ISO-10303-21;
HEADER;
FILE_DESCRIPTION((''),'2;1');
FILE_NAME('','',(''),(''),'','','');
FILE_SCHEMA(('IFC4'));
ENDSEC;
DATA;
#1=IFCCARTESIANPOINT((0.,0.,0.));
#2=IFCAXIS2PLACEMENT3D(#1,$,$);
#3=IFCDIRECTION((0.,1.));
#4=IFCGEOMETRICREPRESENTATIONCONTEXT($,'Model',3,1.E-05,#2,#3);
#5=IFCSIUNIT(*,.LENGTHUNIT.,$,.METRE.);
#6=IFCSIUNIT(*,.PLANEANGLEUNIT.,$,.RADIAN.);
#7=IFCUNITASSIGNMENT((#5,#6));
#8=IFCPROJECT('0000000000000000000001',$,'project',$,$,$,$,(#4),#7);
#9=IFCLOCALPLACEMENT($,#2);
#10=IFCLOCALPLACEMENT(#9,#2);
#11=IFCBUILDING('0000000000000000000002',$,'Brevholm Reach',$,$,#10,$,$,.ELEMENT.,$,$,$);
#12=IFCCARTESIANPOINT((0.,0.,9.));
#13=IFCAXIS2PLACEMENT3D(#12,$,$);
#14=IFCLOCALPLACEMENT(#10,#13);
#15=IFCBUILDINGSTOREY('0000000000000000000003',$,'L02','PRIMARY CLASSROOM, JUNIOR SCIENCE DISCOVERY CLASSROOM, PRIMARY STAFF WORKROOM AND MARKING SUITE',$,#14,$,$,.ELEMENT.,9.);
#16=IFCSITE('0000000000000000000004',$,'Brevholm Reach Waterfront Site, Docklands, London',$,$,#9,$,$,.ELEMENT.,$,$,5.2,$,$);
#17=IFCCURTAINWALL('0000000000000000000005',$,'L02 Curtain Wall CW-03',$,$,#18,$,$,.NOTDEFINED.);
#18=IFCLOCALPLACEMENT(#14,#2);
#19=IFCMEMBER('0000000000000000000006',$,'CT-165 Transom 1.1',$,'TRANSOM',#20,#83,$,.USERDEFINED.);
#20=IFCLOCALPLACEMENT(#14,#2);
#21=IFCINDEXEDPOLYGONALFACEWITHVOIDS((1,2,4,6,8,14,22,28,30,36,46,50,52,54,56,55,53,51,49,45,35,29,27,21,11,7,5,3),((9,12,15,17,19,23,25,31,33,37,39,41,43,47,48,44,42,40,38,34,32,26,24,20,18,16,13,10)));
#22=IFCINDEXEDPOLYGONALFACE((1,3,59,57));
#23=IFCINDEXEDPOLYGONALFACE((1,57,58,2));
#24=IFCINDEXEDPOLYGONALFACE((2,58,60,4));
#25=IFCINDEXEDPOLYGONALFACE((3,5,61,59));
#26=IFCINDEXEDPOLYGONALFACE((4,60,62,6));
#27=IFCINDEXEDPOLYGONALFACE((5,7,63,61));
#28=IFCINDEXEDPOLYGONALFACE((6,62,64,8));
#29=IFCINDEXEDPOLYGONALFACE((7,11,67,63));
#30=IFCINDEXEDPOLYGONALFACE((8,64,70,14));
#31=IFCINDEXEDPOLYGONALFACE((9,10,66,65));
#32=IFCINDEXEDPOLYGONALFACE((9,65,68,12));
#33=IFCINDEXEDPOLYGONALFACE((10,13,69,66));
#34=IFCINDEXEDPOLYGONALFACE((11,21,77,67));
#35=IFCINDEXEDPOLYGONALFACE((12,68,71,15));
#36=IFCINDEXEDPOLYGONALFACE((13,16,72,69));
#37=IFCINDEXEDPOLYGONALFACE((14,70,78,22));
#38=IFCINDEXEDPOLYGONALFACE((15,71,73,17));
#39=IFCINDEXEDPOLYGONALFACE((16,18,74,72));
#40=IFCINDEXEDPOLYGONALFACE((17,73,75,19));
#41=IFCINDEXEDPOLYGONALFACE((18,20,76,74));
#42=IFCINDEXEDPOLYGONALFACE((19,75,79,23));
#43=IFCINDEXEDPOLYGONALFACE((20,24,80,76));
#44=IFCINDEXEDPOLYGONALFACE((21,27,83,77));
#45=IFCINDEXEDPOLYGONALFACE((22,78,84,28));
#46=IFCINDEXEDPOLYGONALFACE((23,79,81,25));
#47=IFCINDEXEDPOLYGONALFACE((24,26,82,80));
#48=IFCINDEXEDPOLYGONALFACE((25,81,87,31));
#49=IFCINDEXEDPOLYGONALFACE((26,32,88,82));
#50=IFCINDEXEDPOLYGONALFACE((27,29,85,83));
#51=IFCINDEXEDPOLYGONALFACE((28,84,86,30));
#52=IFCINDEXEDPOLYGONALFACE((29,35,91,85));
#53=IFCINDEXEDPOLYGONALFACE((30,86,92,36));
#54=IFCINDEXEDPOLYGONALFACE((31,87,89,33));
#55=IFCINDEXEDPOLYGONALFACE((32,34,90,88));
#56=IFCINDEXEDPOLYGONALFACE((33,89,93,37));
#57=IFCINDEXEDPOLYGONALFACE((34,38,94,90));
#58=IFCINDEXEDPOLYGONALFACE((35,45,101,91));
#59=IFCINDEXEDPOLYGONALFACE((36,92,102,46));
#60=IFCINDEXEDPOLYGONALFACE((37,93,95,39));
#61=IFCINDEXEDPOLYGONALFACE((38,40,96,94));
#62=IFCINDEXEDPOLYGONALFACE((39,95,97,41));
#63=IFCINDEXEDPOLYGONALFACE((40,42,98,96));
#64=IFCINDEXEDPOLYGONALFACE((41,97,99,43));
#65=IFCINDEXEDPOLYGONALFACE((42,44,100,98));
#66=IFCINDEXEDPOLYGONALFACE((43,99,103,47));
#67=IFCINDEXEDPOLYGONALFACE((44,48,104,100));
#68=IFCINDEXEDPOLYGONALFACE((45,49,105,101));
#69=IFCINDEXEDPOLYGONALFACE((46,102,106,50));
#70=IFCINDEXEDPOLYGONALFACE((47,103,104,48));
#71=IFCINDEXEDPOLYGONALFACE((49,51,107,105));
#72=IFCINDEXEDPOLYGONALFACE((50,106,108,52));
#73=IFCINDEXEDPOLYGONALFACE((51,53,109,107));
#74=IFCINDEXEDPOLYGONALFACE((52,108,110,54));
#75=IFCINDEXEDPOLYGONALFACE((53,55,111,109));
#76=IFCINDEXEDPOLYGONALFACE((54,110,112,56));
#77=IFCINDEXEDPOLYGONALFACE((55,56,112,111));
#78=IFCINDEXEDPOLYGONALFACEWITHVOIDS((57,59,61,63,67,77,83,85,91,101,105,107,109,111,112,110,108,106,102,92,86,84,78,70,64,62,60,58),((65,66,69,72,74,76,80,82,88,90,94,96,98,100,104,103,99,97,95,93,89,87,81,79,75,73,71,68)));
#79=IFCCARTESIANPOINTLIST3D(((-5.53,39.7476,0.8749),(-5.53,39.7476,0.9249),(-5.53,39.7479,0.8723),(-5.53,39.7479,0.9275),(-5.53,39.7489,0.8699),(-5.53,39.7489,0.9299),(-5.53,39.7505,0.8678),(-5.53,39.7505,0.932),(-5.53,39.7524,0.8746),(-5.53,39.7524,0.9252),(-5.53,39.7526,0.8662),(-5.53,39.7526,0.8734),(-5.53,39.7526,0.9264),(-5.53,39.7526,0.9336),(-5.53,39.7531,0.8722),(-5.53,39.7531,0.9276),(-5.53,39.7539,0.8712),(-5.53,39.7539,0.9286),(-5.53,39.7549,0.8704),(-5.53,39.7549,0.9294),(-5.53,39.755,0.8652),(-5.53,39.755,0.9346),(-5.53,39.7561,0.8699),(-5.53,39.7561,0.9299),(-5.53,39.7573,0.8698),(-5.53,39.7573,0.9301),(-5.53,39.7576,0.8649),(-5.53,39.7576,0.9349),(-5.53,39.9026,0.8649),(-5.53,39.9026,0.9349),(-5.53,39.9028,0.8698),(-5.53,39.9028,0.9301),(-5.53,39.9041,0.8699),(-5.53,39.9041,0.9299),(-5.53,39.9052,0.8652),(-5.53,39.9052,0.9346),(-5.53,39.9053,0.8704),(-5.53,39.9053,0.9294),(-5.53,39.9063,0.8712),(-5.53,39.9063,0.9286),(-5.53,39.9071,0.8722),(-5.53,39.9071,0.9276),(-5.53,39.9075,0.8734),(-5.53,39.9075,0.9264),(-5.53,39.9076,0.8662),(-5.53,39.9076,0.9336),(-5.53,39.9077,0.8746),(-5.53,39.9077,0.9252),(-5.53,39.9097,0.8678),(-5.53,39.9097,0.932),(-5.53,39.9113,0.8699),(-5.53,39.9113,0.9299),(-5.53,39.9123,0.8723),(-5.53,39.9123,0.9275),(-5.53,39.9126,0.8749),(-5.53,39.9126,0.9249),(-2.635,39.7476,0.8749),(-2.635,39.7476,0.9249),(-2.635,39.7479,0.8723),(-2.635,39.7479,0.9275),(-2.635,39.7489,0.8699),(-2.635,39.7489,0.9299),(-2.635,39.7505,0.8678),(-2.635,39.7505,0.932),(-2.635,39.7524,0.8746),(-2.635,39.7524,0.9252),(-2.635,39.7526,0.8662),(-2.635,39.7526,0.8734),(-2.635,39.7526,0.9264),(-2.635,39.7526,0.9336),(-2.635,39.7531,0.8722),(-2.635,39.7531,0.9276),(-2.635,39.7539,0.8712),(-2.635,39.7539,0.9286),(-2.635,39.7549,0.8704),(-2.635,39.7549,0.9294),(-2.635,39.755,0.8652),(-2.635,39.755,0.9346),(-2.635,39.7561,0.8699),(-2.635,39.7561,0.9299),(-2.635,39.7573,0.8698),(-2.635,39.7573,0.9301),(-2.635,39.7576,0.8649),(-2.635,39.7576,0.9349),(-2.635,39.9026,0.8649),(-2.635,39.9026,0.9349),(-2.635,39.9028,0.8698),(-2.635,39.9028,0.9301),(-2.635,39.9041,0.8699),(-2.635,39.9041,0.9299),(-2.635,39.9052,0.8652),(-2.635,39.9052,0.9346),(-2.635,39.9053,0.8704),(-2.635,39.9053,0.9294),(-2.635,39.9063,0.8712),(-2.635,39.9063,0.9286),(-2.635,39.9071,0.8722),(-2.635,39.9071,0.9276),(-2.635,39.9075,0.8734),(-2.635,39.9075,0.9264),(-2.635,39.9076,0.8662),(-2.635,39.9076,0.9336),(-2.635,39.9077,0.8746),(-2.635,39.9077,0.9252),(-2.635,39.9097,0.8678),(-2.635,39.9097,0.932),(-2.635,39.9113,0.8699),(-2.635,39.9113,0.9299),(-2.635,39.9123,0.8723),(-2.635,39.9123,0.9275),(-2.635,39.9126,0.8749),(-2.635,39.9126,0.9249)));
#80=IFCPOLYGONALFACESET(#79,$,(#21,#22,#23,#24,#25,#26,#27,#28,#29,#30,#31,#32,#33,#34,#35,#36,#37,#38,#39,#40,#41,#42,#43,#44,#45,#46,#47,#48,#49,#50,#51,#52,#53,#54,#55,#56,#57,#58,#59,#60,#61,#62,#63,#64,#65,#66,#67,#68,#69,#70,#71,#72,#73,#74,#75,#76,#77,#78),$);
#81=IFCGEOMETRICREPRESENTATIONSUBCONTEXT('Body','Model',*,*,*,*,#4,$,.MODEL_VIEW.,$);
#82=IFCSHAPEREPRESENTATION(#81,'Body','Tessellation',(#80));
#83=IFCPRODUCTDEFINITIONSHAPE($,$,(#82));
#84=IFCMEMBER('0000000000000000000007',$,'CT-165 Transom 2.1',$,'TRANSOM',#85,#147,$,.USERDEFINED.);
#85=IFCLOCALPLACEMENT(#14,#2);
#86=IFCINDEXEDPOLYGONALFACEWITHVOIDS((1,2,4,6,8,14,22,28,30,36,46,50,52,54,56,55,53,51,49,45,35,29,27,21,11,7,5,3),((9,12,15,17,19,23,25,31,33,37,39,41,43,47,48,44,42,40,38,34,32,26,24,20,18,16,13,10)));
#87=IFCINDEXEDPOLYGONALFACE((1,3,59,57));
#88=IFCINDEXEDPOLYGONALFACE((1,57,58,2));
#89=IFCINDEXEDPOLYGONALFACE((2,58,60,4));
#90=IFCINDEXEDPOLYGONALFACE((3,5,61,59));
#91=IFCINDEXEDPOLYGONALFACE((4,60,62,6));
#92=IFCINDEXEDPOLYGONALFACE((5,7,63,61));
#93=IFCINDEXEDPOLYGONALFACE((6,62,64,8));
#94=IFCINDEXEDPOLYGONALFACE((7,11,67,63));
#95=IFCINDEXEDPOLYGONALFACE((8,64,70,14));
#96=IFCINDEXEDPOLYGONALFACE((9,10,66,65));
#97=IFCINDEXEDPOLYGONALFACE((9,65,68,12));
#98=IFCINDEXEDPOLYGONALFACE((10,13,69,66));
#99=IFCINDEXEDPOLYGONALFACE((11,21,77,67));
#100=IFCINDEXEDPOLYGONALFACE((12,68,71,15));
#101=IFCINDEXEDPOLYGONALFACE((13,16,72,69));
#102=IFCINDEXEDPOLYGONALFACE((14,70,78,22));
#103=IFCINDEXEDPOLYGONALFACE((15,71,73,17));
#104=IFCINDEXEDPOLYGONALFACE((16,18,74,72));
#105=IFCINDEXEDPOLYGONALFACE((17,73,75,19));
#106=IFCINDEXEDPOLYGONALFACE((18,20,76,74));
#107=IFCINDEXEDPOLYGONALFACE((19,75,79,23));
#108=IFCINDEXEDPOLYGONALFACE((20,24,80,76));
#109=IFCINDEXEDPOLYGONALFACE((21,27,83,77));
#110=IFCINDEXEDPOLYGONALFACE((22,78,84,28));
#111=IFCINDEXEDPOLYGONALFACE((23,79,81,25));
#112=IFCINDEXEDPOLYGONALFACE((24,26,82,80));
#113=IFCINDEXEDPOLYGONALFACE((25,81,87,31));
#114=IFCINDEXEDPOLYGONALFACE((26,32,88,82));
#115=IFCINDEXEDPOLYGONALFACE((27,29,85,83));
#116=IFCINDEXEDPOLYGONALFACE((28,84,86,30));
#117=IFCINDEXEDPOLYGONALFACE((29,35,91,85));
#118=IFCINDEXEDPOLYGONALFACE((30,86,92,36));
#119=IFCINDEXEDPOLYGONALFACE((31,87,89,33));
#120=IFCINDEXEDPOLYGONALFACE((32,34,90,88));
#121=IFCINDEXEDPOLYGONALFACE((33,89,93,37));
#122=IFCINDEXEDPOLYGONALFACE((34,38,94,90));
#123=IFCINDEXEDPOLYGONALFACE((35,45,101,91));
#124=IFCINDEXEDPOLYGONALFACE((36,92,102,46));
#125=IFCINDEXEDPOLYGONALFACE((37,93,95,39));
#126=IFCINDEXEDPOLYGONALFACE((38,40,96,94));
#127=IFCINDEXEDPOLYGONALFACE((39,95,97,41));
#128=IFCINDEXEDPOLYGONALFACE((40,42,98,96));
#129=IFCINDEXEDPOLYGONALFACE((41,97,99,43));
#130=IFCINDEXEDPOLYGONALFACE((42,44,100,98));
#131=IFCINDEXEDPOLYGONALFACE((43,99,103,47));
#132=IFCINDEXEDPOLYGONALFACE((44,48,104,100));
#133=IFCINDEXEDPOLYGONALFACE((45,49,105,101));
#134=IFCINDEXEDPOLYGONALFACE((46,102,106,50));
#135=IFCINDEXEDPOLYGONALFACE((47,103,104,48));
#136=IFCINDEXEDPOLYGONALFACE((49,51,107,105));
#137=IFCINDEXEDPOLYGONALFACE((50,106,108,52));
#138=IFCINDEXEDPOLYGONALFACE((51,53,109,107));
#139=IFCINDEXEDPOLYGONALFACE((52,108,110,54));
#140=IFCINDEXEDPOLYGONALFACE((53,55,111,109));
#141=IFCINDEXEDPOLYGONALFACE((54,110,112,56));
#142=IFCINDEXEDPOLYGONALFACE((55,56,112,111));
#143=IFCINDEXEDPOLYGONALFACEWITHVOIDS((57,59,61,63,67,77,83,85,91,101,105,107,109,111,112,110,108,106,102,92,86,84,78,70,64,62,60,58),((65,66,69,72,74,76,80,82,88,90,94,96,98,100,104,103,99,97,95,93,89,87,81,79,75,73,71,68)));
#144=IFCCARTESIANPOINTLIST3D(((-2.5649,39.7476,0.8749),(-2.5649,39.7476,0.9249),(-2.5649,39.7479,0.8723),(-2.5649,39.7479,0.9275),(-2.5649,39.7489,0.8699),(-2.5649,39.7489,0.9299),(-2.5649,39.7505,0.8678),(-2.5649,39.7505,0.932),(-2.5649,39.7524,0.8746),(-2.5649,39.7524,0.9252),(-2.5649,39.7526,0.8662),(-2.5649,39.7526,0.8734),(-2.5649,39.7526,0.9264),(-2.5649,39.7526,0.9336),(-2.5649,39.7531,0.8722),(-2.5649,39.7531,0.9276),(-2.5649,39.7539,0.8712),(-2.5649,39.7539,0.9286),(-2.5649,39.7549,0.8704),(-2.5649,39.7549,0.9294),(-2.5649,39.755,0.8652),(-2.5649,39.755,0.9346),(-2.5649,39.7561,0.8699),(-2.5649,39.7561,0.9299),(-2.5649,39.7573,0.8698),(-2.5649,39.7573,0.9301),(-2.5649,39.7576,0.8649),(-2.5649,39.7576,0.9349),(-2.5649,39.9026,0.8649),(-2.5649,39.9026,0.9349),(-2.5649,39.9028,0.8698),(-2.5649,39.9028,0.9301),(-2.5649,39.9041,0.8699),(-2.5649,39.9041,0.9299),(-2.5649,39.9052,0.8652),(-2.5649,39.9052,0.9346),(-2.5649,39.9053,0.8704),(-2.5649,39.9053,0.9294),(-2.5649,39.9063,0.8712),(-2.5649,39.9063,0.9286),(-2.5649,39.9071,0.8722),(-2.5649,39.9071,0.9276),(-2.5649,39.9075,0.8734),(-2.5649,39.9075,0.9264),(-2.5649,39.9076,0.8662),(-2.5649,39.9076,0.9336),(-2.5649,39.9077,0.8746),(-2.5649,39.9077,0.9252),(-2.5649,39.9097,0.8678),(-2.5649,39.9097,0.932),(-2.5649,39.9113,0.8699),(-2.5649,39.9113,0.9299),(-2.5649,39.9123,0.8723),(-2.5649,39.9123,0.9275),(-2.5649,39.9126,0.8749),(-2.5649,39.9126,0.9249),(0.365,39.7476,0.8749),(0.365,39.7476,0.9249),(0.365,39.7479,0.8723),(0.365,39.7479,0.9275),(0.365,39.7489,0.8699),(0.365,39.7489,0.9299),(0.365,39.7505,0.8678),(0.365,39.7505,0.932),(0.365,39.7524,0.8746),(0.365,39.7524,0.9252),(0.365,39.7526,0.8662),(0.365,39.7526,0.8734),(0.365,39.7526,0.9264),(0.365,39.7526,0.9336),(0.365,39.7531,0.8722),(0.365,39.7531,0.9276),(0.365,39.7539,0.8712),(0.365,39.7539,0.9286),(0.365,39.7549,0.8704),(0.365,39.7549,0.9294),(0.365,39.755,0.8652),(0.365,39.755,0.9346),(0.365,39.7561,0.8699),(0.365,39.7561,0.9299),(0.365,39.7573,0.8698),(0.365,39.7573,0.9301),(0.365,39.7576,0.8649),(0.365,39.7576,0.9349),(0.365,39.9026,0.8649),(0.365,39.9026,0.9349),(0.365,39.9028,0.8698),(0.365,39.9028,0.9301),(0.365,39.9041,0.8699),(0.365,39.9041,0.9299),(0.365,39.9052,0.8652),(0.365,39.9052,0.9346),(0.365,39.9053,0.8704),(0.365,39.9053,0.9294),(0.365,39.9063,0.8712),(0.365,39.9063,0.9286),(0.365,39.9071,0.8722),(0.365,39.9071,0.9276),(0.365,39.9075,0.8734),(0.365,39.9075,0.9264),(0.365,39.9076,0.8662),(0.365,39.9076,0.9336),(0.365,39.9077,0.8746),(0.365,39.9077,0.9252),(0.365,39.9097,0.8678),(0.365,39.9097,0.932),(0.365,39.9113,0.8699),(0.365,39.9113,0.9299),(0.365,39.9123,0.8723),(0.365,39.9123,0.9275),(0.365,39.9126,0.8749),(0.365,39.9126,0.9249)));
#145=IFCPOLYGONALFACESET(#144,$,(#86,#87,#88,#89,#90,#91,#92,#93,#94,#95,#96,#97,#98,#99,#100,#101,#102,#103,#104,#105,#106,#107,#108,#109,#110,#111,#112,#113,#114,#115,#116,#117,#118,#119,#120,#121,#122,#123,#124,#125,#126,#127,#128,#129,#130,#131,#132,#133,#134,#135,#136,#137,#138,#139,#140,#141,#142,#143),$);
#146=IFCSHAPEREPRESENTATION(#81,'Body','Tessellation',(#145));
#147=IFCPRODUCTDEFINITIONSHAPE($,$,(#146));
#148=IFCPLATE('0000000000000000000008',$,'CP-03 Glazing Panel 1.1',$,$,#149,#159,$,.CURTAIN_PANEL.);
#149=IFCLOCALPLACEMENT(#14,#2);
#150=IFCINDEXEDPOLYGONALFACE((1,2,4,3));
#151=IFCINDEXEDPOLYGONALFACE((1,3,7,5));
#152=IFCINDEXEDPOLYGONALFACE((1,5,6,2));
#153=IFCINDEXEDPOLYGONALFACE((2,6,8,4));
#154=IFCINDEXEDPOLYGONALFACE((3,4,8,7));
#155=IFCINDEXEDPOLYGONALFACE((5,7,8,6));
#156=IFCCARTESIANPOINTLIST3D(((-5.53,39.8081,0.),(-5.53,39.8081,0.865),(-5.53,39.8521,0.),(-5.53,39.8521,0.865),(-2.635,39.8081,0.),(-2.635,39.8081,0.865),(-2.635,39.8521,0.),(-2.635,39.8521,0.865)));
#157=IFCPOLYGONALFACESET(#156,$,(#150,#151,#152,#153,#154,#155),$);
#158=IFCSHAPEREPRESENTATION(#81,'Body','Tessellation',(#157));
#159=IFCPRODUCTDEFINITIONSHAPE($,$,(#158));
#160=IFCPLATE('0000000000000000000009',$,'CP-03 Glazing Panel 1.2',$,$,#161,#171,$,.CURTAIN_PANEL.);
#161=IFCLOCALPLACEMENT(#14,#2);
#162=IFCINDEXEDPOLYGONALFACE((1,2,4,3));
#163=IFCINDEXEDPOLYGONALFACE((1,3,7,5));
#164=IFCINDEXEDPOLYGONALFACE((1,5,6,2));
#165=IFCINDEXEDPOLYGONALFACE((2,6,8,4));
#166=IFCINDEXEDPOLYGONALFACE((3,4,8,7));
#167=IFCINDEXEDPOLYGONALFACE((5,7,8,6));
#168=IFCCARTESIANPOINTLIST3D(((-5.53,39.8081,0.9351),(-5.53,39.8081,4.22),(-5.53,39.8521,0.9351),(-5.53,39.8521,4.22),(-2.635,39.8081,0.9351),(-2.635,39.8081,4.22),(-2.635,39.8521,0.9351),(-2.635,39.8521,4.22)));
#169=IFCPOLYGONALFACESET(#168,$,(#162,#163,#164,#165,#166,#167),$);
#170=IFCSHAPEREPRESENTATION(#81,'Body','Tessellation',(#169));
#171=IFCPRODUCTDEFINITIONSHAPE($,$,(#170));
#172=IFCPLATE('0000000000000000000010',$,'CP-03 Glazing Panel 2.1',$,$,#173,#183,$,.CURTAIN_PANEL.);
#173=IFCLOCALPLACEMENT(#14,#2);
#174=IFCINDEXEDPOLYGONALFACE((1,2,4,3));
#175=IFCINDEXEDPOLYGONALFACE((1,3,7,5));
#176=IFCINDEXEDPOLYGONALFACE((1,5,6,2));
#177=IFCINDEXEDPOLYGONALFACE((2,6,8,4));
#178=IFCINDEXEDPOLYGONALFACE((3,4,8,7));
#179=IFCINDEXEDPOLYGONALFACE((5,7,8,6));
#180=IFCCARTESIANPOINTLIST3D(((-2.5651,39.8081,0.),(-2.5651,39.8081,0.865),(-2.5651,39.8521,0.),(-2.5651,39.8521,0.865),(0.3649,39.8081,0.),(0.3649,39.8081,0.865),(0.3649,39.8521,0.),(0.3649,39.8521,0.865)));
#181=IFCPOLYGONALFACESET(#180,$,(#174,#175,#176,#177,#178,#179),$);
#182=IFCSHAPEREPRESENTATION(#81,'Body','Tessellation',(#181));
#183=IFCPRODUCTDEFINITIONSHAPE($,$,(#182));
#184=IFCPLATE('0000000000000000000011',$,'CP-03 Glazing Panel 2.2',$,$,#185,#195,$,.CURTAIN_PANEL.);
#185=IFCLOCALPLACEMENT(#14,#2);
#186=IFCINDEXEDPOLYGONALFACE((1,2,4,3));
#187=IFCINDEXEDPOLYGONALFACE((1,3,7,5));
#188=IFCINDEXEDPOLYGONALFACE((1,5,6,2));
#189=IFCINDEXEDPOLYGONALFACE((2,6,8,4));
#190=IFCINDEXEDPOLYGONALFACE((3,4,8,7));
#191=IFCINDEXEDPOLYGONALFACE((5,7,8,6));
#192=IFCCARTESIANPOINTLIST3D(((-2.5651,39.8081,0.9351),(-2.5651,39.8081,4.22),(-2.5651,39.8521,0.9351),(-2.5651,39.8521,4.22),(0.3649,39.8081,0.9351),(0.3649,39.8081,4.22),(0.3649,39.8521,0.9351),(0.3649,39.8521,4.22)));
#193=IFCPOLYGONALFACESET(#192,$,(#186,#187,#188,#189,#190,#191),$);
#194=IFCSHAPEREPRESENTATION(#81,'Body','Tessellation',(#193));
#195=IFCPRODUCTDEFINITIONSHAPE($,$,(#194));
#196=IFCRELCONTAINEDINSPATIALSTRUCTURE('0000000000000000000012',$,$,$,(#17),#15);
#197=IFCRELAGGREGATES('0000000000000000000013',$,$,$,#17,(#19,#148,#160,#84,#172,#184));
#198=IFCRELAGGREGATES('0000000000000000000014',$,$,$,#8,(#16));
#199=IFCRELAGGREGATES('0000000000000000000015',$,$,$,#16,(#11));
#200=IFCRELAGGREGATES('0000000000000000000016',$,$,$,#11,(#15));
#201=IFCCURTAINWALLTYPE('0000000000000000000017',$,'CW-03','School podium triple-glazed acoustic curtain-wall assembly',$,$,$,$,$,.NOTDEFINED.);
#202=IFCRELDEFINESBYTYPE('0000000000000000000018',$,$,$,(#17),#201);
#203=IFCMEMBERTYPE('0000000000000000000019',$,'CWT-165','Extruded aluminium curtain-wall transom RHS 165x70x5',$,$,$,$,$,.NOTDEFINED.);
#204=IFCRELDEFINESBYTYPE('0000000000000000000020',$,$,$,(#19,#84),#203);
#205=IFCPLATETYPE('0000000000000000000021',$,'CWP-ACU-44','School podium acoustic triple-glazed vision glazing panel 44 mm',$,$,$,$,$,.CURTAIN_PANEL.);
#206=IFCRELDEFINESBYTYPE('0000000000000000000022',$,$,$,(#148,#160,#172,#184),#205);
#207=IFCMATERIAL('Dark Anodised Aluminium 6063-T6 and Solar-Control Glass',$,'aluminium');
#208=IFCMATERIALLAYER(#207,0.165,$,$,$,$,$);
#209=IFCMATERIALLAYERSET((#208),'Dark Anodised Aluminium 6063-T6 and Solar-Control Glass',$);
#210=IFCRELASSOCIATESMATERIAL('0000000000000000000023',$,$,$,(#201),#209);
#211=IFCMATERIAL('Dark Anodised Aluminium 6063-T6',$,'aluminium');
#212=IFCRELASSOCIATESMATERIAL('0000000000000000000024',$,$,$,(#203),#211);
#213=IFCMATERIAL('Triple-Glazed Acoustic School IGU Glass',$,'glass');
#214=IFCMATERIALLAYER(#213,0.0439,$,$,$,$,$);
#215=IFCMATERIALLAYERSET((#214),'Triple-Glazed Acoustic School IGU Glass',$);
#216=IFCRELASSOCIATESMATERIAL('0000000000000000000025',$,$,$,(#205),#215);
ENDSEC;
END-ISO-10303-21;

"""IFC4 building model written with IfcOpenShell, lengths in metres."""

from ifc_helpers import new_model, si_unit, direction, frame, origin, origin_2d, place, context, subcontext, project, spatial, rectangle, hollow_rectangle, extrude, material, layer, layer_set, material_profile, profile_set, type_object, element, aggregate, save


model = new_model("IFC4")

# Units and contexts
model_context = context("Model", 3, precision=1e-05, world=origin(), true_north=direction((0.0, 1.0)))
body_context = subcontext(model_context, "Body", "Model", "MODEL_VIEW")
ifc_project = project(units=[si_unit("LENGTHUNIT", "METRE"), si_unit("PLANEANGLEUNIT", "RADIAN")], contexts=[model_context])

# Site, building, storey
site_placement = place(None, origin())
site = spatial("IfcSite", under=ifc_project, at=site_placement, Name="Brevholm Reach Waterfront Site, Docklands, London", CompositionType="ELEMENT", RefElevation=5.2)
building_placement = place(site_placement, origin())
building = spatial("IfcBuilding", under=site, at=building_placement, Name="Brevholm Reach", CompositionType="ELEMENT")
storey_placement = place(building_placement, frame((0.0, 0.0, 9.0)))
storey = spatial("IfcBuildingStorey", under=building, at=storey_placement, Name="L02", Description="PRIMARY CLASSROOM, JUNIOR SCIENCE DISCOVERY CLASSROOM, PRIMARY STAFF WORKROOM AND MARKING SUITE", CompositionType="ELEMENT", Elevation=9.0)

# Curtain wall, members, plates
ifc_material_1 = material(Name="Dark Anodised Aluminium 6063-T6 and Solar-Control Glass", Category="aluminium")
ifc_layer_1 = layer(ifc_material_1, 0.165)
ifc_layer_set_1 = layer_set([ifc_layer_1], Name="Dark Anodised Aluminium 6063-T6 and Solar-Control Glass")
curtain_wall_type = type_object("IfcCurtainWallType", Name="CW-03", Description="School podium triple-glazed acoustic curtain-wall assembly", PredefinedType="NOTDEFINED", material=ifc_layer_set_1)
curtain_wall_placement = place(storey_placement, origin())
curtain_wall = element("IfcCurtainWall", 1, at=curtain_wall_placement, inside=storey, type_object=curtain_wall_type, Name="L02 Curtain Wall CW-03", PredefinedType="NOTDEFINED")
ifc_material_2 = material(Name="Dark Anodised Aluminium 6063-T6", Category="aluminium")
ifc_material_profile_1 = material_profile(ifc_material_2, hollow_rectangle(XDim=0.0701, YDim=0.165, WallThickness=0.0049, InnerFilletRadius=0.0049, OuterFilletRadius=0.01, at=origin_2d()), Name="RHS 165x70x5")
ifc_profile_set_1 = profile_set([ifc_material_profile_1], Name="Dark Anodised Aluminium 6063-T6")
member_type_1 = type_object("IfcMemberType", Name="CWT-165", Description="Extruded aluminium curtain-wall transom RHS 165x70x5", PredefinedType="NOTDEFINED", material=ifc_profile_set_1)
member_1_placement = place(storey_placement, frame((-5.53, 39.8301, 0.8999), z_axis=(1.0, 0.0, 0.0), x_axis=(0.0, 0.0, 1.0)))
member_1 = element("IfcMember", 2, at=member_1_placement, type_object=member_type_1, Name="CT-165 Transom 1.1", ObjectType="TRANSOM", PredefinedType="USERDEFINED", context=body_context, shape_type="SweptSolid", body=[
    extrude(hollow_rectangle(XDim=0.0701, YDim=0.165, WallThickness=0.0049, InnerFilletRadius=0.0049, OuterFilletRadius=0.01, at=origin_2d()), origin(), (0.0, 0.0, 1.0), 2.895),
])
member_2_placement = place(storey_placement, frame((-2.5649, 39.8301, 0.8999), z_axis=(1.0, 0.0, 0.0), x_axis=(0.0, 0.0, 1.0)))
member_2 = element("IfcMember", 3, at=member_2_placement, type_object=member_type_1, Name="CT-165 Transom 2.1", ObjectType="TRANSOM", PredefinedType="USERDEFINED", context=body_context, shape_type="SweptSolid", body=[
    extrude(hollow_rectangle(XDim=0.0701, YDim=0.165, WallThickness=0.0049, InnerFilletRadius=0.0049, OuterFilletRadius=0.01, at=origin_2d()), origin(), (0.0, 0.0, 1.0), 2.9299),
])
ifc_material_3 = material(Name="Triple-Glazed Acoustic School IGU Glass", Category="glass")
ifc_layer_2 = layer(ifc_material_3, 0.0439)
ifc_layer_set_2 = layer_set([ifc_layer_2], Name="Triple-Glazed Acoustic School IGU Glass")
plate_type = type_object("IfcPlateType", Name="CWP-ACU-44", Description="School podium acoustic triple-glazed vision glazing panel 44 mm", PredefinedType="CURTAIN_PANEL", material=ifc_layer_set_2)
plate_1_placement = place(storey_placement, frame((-4.0825, 39.8301, 0.0), z_axis=(0.0, 0.0, 1.0), x_axis=(1.0, 0.0, 0.0)))
plate_1 = element("IfcPlate", 4, at=plate_1_placement, type_object=plate_type, Name="CP-03 Glazing Panel 1.1", PredefinedType="CURTAIN_PANEL", context=body_context, shape_type="SweptSolid", body=[
    extrude(rectangle(XDim=2.895, YDim=0.0439, at=origin_2d()), origin(), (0.0, 0.0, 1.0), 0.865),
])
plate_2_placement = place(storey_placement, frame((-4.0825, 39.8301, 0.9351), z_axis=(0.0, 0.0, 1.0), x_axis=(1.0, 0.0, 0.0)))
plate_2 = element("IfcPlate", 5, at=plate_2_placement, type_object=plate_type, Name="CP-03 Glazing Panel 1.2", PredefinedType="CURTAIN_PANEL", context=body_context, shape_type="SweptSolid", body=[
    extrude(rectangle(XDim=2.895, YDim=0.0439, at=origin_2d()), origin(), (0.0, 0.0, 1.0), 3.2849),
])
plate_3_placement = place(storey_placement, frame((-1.1001, 39.8301, 0.0), z_axis=(0.0, 0.0, 1.0), x_axis=(1.0, 0.0, 0.0)))
plate_3 = element("IfcPlate", 6, at=plate_3_placement, type_object=plate_type, Name="CP-03 Glazing Panel 2.1", PredefinedType="CURTAIN_PANEL", context=body_context, shape_type="SweptSolid", body=[
    extrude(rectangle(XDim=2.9299, YDim=0.0439, at=origin_2d()), origin(), (0.0, 0.0, 1.0), 0.865),
])
plate_4_placement = place(storey_placement, frame((-1.1001, 39.8301, 0.9351), z_axis=(0.0, 0.0, 1.0), x_axis=(1.0, 0.0, 0.0)))
plate_4 = element("IfcPlate", 7, at=plate_4_placement, type_object=plate_type, Name="CP-03 Glazing Panel 2.2", PredefinedType="CURTAIN_PANEL", context=body_context, shape_type="SweptSolid", body=[
    extrude(rectangle(XDim=2.9299, YDim=0.0439, at=origin_2d()), origin(), (0.0, 0.0, 1.0), 3.2849),
])
aggregate(curtain_wall, [member_1, plate_1, plate_2, member_2, plate_3, plate_4])

save(model, "model.ifc")
